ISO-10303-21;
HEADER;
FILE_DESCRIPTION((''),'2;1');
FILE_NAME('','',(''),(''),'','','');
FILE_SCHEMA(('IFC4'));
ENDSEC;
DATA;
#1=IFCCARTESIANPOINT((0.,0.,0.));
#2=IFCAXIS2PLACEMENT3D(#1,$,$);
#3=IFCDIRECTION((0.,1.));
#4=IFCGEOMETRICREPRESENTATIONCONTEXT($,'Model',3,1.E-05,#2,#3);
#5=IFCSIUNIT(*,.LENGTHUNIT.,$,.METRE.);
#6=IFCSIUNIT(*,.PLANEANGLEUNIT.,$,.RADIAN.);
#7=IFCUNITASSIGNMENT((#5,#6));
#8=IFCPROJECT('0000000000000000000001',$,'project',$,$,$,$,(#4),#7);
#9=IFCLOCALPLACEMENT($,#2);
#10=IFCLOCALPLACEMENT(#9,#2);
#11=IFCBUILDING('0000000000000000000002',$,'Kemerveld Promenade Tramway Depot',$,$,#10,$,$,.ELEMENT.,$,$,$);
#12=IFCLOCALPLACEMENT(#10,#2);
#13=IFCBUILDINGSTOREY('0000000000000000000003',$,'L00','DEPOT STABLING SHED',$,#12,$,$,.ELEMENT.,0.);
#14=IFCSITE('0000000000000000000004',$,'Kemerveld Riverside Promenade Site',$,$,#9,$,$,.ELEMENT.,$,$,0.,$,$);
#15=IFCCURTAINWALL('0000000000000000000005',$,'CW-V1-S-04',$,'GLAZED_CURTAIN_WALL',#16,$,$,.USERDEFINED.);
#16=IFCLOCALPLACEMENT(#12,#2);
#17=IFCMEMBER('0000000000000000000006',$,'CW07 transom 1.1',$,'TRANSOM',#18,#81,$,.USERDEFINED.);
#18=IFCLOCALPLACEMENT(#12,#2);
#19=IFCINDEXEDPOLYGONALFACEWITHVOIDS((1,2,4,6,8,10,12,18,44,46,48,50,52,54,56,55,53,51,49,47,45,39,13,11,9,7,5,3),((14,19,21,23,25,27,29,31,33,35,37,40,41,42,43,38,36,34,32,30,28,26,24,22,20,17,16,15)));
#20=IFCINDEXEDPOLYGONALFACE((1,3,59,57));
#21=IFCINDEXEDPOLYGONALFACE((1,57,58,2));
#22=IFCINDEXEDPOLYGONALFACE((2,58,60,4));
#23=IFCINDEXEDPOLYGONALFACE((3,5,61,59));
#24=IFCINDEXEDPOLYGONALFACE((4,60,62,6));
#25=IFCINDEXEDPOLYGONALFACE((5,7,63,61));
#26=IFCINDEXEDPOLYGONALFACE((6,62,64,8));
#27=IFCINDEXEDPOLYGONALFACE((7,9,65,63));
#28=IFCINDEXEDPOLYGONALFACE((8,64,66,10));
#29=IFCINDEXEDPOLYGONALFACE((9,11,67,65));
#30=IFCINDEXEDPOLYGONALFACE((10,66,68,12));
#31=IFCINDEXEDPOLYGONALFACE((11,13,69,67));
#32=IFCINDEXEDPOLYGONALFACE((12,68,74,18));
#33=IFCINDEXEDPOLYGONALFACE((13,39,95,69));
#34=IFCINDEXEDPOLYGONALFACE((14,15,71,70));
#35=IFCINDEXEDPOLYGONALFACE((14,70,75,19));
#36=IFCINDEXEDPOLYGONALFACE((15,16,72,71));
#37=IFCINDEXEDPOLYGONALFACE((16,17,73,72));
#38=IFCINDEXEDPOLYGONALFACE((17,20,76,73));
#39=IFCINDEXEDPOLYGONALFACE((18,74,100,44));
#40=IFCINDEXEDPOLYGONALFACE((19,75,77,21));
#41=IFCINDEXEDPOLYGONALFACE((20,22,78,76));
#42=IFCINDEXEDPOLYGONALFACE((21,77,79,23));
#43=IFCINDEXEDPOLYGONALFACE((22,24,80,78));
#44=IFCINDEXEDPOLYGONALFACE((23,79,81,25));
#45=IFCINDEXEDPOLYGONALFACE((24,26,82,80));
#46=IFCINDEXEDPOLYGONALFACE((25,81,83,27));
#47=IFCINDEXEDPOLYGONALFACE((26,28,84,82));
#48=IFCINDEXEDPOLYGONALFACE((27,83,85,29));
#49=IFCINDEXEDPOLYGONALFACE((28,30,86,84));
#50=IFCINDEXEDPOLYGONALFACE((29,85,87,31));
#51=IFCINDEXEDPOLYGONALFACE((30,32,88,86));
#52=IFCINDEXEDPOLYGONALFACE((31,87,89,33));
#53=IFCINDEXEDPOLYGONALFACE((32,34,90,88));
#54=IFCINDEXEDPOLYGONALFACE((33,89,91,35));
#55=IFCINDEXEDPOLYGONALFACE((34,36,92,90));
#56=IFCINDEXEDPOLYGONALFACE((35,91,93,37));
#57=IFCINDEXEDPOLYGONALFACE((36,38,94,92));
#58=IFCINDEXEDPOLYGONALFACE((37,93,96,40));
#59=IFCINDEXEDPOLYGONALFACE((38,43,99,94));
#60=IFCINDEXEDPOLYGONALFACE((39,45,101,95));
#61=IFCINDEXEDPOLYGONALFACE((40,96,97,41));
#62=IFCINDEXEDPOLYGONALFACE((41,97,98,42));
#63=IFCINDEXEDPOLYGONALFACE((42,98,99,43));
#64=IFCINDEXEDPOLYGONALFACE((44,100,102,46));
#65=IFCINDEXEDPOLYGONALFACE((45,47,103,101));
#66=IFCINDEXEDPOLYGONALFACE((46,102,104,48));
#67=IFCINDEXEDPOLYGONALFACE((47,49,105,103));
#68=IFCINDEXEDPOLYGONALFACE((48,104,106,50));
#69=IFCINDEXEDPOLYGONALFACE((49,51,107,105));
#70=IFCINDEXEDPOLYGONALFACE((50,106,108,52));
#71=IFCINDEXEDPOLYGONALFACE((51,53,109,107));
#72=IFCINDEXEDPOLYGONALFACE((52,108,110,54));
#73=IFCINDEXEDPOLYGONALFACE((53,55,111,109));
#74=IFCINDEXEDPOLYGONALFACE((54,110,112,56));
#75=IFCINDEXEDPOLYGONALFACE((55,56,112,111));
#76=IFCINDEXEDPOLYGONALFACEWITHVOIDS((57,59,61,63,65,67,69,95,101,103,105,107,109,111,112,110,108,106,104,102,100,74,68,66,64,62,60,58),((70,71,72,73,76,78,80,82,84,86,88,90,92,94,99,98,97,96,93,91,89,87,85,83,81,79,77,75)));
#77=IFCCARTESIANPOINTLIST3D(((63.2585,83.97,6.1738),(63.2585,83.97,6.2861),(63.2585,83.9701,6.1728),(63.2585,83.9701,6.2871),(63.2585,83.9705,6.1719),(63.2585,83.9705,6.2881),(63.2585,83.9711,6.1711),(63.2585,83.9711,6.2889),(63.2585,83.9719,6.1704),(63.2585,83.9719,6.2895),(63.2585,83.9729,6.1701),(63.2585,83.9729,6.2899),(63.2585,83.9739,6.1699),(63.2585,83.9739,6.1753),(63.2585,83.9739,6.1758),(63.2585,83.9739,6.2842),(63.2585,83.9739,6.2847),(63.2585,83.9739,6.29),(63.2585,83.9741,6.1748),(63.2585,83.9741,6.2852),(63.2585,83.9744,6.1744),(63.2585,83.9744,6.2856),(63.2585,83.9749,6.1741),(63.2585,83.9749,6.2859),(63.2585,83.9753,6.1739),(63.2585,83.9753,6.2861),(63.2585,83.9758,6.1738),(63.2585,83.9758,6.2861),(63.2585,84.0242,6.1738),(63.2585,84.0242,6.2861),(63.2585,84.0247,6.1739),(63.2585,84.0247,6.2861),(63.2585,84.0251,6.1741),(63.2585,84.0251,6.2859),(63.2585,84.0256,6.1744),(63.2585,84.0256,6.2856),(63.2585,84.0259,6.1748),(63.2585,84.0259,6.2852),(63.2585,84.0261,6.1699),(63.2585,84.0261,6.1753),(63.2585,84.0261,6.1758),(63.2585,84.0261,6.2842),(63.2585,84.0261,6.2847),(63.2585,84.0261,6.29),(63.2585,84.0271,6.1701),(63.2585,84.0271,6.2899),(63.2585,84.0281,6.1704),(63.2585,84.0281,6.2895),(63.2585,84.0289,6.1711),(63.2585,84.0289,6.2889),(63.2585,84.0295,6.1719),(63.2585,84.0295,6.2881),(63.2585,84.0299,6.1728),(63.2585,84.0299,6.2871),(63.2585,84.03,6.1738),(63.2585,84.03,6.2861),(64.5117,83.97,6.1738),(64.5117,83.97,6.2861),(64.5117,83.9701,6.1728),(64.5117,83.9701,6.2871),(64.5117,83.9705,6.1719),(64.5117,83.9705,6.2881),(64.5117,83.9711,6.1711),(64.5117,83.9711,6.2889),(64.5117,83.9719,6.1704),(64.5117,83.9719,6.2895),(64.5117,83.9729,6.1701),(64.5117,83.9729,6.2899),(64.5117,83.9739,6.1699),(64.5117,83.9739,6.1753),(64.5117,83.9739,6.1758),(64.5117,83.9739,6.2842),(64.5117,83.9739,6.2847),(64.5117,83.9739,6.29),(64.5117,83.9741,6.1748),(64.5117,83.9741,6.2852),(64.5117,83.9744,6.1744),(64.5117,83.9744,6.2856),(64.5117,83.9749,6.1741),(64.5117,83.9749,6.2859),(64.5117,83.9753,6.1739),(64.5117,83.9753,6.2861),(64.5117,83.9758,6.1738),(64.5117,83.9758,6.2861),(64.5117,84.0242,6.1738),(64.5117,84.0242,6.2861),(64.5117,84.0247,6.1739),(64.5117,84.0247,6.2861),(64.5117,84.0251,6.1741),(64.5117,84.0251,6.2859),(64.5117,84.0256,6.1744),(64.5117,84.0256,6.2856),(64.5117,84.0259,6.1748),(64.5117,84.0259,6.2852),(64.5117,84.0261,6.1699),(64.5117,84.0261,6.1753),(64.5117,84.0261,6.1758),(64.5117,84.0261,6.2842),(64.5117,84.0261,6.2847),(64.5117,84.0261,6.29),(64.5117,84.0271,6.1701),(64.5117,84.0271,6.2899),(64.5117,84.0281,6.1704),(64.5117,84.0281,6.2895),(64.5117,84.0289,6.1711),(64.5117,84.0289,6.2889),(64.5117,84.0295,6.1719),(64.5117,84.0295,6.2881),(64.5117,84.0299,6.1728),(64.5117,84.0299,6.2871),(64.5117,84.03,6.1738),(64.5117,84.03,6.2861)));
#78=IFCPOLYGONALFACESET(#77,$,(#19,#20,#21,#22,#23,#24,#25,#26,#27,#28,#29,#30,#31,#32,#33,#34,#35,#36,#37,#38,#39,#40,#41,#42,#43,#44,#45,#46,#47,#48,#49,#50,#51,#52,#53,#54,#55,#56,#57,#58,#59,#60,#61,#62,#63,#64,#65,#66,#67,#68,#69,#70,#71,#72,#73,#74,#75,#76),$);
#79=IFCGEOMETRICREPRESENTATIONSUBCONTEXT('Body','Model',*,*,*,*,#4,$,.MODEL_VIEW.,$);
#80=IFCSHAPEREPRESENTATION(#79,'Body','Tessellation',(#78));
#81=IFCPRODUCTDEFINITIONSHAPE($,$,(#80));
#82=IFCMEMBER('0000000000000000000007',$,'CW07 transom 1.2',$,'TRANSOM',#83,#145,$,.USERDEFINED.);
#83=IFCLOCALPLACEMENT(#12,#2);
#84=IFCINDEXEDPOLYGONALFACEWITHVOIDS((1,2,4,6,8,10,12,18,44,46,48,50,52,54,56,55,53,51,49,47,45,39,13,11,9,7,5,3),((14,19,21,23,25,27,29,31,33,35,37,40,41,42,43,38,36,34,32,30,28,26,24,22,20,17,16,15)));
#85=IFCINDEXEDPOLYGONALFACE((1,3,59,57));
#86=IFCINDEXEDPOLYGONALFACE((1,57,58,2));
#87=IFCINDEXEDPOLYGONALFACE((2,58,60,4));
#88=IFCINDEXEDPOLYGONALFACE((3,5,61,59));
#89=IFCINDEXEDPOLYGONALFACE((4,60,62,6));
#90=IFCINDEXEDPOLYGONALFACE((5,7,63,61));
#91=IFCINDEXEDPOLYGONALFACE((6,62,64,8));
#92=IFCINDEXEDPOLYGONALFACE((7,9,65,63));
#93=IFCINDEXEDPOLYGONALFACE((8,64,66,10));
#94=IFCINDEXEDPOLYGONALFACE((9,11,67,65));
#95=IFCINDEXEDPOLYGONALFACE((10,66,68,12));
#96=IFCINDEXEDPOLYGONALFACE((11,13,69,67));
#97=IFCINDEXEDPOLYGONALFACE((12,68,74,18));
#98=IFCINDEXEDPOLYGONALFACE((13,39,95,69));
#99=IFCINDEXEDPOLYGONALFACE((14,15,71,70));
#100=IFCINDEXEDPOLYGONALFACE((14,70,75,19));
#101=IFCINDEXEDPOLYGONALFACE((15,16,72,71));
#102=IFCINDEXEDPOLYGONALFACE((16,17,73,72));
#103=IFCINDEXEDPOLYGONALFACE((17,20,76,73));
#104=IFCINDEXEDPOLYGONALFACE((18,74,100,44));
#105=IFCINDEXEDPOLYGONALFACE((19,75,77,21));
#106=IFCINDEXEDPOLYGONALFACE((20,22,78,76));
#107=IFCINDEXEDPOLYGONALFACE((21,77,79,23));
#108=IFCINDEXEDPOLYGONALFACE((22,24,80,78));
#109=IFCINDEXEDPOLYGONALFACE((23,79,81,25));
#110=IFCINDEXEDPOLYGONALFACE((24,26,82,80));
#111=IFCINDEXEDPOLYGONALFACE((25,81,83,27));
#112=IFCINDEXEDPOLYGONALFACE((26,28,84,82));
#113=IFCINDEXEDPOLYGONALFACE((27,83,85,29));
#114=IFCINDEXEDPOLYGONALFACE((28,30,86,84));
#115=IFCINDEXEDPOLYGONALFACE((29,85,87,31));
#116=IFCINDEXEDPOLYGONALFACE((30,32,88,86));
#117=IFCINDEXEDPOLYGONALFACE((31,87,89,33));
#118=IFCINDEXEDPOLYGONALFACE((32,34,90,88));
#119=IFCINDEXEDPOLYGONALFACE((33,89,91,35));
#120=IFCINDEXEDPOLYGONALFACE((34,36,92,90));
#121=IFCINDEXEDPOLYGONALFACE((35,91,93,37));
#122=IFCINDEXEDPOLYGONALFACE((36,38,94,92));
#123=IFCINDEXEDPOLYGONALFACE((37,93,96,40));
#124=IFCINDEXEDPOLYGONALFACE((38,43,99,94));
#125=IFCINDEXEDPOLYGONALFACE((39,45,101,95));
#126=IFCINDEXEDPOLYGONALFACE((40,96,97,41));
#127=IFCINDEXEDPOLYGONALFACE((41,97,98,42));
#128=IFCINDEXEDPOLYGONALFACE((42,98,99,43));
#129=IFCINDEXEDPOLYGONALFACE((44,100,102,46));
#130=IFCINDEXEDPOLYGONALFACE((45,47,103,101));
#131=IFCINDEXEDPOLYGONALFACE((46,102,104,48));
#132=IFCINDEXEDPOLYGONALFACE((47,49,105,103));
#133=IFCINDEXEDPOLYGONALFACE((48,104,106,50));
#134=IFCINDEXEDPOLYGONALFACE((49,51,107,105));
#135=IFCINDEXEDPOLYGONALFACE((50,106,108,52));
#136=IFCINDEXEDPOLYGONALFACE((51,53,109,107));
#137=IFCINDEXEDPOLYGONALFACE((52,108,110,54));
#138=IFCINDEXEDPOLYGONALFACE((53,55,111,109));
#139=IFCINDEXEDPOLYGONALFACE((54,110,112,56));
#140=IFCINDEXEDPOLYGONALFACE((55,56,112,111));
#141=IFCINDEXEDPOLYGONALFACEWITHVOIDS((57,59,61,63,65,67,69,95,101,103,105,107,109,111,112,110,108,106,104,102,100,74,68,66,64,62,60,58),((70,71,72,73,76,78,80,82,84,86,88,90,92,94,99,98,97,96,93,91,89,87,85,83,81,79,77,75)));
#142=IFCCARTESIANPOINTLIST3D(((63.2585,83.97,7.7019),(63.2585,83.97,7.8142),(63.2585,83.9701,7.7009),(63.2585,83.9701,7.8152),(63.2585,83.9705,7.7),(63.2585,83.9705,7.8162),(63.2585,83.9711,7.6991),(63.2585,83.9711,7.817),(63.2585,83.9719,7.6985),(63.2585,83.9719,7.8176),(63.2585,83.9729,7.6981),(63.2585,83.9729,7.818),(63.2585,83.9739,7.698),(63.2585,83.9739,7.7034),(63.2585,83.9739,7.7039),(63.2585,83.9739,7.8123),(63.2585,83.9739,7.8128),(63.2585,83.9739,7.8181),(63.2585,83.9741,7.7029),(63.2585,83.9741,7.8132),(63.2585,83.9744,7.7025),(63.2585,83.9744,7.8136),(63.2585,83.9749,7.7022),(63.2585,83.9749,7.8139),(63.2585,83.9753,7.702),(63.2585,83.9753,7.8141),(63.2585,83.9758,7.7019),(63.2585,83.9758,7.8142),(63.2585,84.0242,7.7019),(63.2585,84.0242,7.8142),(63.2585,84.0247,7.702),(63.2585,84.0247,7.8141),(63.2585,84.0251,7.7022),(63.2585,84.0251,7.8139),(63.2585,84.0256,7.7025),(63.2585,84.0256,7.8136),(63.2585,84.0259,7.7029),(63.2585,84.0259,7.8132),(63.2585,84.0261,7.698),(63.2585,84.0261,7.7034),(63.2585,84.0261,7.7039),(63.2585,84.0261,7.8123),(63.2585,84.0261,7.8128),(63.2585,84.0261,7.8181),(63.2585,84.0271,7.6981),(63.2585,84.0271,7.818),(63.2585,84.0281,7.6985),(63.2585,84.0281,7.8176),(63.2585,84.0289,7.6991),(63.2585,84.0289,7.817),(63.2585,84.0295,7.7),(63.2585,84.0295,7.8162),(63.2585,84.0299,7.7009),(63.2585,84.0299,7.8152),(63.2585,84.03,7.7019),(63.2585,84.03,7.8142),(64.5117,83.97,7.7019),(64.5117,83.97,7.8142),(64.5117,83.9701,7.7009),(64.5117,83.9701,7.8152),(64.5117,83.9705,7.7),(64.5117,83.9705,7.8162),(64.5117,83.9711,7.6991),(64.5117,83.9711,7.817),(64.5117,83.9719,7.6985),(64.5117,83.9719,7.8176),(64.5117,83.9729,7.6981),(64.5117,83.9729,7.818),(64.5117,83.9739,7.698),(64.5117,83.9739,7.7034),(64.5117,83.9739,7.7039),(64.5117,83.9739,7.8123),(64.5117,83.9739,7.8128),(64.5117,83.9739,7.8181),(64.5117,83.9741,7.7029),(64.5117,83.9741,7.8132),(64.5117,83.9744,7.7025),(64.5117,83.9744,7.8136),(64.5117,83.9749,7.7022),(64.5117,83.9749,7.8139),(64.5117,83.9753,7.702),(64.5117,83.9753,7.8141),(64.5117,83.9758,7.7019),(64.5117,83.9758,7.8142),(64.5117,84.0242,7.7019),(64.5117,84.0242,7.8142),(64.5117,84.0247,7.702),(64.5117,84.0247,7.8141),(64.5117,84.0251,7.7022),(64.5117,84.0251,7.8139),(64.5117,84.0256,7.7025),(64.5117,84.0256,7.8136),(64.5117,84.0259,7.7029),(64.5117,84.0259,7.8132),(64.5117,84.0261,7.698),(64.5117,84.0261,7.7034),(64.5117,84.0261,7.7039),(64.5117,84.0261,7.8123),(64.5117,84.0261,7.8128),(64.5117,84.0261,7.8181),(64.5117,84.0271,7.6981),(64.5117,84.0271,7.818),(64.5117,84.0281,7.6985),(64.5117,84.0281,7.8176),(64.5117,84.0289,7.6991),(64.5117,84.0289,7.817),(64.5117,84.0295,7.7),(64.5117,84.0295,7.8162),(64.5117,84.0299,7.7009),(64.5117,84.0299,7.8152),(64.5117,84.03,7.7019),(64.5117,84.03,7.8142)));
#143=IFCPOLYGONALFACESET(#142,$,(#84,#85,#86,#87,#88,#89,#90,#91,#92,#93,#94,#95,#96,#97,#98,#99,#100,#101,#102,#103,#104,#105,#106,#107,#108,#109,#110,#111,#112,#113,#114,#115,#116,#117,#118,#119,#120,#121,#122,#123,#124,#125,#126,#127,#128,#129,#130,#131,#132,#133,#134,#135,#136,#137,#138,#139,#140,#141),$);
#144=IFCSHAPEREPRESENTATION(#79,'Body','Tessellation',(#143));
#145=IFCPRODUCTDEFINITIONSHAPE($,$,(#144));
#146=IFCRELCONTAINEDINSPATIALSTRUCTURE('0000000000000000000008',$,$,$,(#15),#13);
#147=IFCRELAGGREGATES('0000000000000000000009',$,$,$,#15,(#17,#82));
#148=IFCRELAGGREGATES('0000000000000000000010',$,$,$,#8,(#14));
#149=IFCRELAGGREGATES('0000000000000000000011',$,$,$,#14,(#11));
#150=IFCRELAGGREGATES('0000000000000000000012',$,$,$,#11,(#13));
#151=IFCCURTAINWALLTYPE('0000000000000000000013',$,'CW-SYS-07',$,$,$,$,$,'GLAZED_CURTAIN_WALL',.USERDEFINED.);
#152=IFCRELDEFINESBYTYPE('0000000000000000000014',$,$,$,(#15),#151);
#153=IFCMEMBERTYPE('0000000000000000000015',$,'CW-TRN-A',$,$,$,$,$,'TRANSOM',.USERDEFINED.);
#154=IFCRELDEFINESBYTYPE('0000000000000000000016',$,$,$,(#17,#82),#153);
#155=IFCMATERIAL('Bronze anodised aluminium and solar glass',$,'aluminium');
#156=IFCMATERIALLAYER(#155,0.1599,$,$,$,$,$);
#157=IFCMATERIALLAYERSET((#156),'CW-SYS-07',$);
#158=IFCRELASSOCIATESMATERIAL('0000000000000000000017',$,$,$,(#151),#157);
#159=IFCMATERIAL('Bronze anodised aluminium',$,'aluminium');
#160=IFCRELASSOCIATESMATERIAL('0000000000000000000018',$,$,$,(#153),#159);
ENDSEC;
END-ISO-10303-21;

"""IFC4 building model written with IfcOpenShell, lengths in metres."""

from ifc_helpers import new_model, si_unit, direction, frame, origin, origin_2d, place, context, subcontext, project, spatial, hollow_rectangle, extrude, material, layer, layer_set, material_profile, profile_set, type_object, element, aggregate, save


model = new_model("IFC4")

# Units and contexts
model_context = context("Model", 3, precision=1e-05, world=origin(), true_north=direction((0.0, 1.0)))
body_context = subcontext(model_context, "Body", "Model", "MODEL_VIEW")
ifc_project = project(units=[si_unit("LENGTHUNIT", "METRE"), si_unit("PLANEANGLEUNIT", "RADIAN")], contexts=[model_context])

# Site, building, storey
site_placement = place(None, origin())
site = spatial("IfcSite", under=ifc_project, at=site_placement, Name="Kemerveld Riverside Promenade Site", CompositionType="ELEMENT", RefElevation=0.0)
building_placement = place(site_placement, origin())
building = spatial("IfcBuilding", under=site, at=building_placement, Name="Kemerveld Promenade Tramway Depot", CompositionType="ELEMENT")
storey_placement = place(building_placement, origin())
storey = spatial("IfcBuildingStorey", under=building, at=storey_placement, Name="L00", Description="DEPOT STABLING SHED", CompositionType="ELEMENT", Elevation=0.0)

# Curtain wall
ifc_material_1 = material(Name="Bronze anodised aluminium and solar glass", Category="aluminium")
ifc_layer_1 = layer(ifc_material_1, 0.1599)
ifc_layer_set_1 = layer_set([ifc_layer_1], Name="CW-SYS-07")
curtain_wall_type_1 = type_object("IfcCurtainWallType", Name="CW-SYS-07", ElementType="GLAZED_CURTAIN_WALL", PredefinedType="USERDEFINED", material=ifc_layer_set_1)
curtain_wall_1_placement = place(storey_placement, origin())
curtain_wall_1 = element("IfcCurtainWall", 1, at=curtain_wall_1_placement, inside=storey, type_object=curtain_wall_type_1, Name="CW-V1-S-04", ObjectType="GLAZED_CURTAIN_WALL", PredefinedType="USERDEFINED")
ifc_material_2 = material(Name="Bronze anodised aluminium", Category="aluminium")

# Members
ifc_material_profile_1 = material_profile(ifc_material_2, hollow_rectangle(XDim=0.0601, YDim=0.1201, WallThickness=0.0039, InnerFilletRadius=0.002, OuterFilletRadius=0.0039, at=origin_2d()), Name="CW-TRN-120x60")
ifc_profile_set_1 = profile_set([ifc_material_profile_1], Name="Bronze anodised aluminium")
member_type_1 = type_object("IfcMemberType", Name="CW-TRN-A", ElementType="TRANSOM", PredefinedType="USERDEFINED", material=ifc_profile_set_1)
member_1_placement = place(storey_placement, frame((64.5117, 84.0, 6.23), z_axis=(-1.0, 0.0, 0.0), x_axis=(0.0, -1.0, 0.0)))
member_1 = element("IfcMember", 2, at=member_1_placement, type_object=member_type_1, Name="CW07 transom 1.1", ObjectType="TRANSOM", PredefinedType="USERDEFINED", context=body_context, shape_type="SweptSolid", body=[
    extrude(hollow_rectangle(XDim=0.0601, YDim=0.1201, WallThickness=0.0039, InnerFilletRadius=0.002, OuterFilletRadius=0.0039, at=origin_2d()), origin(), (0.0, 0.0, 1.0), 1.2532),
])
member_2_placement = place(storey_placement, frame((64.5117, 84.0, 7.7581), z_axis=(-1.0, 0.0, 0.0), x_axis=(0.0, -1.0, 0.0)))
member_2 = element("IfcMember", 3, at=member_2_placement, type_object=member_type_1, Name="CW07 transom 1.2", ObjectType="TRANSOM", PredefinedType="USERDEFINED", context=body_context, shape_type="SweptSolid", body=[
    extrude(hollow_rectangle(XDim=0.0601, YDim=0.1201, WallThickness=0.0039, InnerFilletRadius=0.002, OuterFilletRadius=0.0039, at=origin_2d()), origin(), (0.0, 0.0, 1.0), 1.2532),
])

aggregate(curtain_wall_1, [member_1, member_2])

save(model, "model.ifc")
